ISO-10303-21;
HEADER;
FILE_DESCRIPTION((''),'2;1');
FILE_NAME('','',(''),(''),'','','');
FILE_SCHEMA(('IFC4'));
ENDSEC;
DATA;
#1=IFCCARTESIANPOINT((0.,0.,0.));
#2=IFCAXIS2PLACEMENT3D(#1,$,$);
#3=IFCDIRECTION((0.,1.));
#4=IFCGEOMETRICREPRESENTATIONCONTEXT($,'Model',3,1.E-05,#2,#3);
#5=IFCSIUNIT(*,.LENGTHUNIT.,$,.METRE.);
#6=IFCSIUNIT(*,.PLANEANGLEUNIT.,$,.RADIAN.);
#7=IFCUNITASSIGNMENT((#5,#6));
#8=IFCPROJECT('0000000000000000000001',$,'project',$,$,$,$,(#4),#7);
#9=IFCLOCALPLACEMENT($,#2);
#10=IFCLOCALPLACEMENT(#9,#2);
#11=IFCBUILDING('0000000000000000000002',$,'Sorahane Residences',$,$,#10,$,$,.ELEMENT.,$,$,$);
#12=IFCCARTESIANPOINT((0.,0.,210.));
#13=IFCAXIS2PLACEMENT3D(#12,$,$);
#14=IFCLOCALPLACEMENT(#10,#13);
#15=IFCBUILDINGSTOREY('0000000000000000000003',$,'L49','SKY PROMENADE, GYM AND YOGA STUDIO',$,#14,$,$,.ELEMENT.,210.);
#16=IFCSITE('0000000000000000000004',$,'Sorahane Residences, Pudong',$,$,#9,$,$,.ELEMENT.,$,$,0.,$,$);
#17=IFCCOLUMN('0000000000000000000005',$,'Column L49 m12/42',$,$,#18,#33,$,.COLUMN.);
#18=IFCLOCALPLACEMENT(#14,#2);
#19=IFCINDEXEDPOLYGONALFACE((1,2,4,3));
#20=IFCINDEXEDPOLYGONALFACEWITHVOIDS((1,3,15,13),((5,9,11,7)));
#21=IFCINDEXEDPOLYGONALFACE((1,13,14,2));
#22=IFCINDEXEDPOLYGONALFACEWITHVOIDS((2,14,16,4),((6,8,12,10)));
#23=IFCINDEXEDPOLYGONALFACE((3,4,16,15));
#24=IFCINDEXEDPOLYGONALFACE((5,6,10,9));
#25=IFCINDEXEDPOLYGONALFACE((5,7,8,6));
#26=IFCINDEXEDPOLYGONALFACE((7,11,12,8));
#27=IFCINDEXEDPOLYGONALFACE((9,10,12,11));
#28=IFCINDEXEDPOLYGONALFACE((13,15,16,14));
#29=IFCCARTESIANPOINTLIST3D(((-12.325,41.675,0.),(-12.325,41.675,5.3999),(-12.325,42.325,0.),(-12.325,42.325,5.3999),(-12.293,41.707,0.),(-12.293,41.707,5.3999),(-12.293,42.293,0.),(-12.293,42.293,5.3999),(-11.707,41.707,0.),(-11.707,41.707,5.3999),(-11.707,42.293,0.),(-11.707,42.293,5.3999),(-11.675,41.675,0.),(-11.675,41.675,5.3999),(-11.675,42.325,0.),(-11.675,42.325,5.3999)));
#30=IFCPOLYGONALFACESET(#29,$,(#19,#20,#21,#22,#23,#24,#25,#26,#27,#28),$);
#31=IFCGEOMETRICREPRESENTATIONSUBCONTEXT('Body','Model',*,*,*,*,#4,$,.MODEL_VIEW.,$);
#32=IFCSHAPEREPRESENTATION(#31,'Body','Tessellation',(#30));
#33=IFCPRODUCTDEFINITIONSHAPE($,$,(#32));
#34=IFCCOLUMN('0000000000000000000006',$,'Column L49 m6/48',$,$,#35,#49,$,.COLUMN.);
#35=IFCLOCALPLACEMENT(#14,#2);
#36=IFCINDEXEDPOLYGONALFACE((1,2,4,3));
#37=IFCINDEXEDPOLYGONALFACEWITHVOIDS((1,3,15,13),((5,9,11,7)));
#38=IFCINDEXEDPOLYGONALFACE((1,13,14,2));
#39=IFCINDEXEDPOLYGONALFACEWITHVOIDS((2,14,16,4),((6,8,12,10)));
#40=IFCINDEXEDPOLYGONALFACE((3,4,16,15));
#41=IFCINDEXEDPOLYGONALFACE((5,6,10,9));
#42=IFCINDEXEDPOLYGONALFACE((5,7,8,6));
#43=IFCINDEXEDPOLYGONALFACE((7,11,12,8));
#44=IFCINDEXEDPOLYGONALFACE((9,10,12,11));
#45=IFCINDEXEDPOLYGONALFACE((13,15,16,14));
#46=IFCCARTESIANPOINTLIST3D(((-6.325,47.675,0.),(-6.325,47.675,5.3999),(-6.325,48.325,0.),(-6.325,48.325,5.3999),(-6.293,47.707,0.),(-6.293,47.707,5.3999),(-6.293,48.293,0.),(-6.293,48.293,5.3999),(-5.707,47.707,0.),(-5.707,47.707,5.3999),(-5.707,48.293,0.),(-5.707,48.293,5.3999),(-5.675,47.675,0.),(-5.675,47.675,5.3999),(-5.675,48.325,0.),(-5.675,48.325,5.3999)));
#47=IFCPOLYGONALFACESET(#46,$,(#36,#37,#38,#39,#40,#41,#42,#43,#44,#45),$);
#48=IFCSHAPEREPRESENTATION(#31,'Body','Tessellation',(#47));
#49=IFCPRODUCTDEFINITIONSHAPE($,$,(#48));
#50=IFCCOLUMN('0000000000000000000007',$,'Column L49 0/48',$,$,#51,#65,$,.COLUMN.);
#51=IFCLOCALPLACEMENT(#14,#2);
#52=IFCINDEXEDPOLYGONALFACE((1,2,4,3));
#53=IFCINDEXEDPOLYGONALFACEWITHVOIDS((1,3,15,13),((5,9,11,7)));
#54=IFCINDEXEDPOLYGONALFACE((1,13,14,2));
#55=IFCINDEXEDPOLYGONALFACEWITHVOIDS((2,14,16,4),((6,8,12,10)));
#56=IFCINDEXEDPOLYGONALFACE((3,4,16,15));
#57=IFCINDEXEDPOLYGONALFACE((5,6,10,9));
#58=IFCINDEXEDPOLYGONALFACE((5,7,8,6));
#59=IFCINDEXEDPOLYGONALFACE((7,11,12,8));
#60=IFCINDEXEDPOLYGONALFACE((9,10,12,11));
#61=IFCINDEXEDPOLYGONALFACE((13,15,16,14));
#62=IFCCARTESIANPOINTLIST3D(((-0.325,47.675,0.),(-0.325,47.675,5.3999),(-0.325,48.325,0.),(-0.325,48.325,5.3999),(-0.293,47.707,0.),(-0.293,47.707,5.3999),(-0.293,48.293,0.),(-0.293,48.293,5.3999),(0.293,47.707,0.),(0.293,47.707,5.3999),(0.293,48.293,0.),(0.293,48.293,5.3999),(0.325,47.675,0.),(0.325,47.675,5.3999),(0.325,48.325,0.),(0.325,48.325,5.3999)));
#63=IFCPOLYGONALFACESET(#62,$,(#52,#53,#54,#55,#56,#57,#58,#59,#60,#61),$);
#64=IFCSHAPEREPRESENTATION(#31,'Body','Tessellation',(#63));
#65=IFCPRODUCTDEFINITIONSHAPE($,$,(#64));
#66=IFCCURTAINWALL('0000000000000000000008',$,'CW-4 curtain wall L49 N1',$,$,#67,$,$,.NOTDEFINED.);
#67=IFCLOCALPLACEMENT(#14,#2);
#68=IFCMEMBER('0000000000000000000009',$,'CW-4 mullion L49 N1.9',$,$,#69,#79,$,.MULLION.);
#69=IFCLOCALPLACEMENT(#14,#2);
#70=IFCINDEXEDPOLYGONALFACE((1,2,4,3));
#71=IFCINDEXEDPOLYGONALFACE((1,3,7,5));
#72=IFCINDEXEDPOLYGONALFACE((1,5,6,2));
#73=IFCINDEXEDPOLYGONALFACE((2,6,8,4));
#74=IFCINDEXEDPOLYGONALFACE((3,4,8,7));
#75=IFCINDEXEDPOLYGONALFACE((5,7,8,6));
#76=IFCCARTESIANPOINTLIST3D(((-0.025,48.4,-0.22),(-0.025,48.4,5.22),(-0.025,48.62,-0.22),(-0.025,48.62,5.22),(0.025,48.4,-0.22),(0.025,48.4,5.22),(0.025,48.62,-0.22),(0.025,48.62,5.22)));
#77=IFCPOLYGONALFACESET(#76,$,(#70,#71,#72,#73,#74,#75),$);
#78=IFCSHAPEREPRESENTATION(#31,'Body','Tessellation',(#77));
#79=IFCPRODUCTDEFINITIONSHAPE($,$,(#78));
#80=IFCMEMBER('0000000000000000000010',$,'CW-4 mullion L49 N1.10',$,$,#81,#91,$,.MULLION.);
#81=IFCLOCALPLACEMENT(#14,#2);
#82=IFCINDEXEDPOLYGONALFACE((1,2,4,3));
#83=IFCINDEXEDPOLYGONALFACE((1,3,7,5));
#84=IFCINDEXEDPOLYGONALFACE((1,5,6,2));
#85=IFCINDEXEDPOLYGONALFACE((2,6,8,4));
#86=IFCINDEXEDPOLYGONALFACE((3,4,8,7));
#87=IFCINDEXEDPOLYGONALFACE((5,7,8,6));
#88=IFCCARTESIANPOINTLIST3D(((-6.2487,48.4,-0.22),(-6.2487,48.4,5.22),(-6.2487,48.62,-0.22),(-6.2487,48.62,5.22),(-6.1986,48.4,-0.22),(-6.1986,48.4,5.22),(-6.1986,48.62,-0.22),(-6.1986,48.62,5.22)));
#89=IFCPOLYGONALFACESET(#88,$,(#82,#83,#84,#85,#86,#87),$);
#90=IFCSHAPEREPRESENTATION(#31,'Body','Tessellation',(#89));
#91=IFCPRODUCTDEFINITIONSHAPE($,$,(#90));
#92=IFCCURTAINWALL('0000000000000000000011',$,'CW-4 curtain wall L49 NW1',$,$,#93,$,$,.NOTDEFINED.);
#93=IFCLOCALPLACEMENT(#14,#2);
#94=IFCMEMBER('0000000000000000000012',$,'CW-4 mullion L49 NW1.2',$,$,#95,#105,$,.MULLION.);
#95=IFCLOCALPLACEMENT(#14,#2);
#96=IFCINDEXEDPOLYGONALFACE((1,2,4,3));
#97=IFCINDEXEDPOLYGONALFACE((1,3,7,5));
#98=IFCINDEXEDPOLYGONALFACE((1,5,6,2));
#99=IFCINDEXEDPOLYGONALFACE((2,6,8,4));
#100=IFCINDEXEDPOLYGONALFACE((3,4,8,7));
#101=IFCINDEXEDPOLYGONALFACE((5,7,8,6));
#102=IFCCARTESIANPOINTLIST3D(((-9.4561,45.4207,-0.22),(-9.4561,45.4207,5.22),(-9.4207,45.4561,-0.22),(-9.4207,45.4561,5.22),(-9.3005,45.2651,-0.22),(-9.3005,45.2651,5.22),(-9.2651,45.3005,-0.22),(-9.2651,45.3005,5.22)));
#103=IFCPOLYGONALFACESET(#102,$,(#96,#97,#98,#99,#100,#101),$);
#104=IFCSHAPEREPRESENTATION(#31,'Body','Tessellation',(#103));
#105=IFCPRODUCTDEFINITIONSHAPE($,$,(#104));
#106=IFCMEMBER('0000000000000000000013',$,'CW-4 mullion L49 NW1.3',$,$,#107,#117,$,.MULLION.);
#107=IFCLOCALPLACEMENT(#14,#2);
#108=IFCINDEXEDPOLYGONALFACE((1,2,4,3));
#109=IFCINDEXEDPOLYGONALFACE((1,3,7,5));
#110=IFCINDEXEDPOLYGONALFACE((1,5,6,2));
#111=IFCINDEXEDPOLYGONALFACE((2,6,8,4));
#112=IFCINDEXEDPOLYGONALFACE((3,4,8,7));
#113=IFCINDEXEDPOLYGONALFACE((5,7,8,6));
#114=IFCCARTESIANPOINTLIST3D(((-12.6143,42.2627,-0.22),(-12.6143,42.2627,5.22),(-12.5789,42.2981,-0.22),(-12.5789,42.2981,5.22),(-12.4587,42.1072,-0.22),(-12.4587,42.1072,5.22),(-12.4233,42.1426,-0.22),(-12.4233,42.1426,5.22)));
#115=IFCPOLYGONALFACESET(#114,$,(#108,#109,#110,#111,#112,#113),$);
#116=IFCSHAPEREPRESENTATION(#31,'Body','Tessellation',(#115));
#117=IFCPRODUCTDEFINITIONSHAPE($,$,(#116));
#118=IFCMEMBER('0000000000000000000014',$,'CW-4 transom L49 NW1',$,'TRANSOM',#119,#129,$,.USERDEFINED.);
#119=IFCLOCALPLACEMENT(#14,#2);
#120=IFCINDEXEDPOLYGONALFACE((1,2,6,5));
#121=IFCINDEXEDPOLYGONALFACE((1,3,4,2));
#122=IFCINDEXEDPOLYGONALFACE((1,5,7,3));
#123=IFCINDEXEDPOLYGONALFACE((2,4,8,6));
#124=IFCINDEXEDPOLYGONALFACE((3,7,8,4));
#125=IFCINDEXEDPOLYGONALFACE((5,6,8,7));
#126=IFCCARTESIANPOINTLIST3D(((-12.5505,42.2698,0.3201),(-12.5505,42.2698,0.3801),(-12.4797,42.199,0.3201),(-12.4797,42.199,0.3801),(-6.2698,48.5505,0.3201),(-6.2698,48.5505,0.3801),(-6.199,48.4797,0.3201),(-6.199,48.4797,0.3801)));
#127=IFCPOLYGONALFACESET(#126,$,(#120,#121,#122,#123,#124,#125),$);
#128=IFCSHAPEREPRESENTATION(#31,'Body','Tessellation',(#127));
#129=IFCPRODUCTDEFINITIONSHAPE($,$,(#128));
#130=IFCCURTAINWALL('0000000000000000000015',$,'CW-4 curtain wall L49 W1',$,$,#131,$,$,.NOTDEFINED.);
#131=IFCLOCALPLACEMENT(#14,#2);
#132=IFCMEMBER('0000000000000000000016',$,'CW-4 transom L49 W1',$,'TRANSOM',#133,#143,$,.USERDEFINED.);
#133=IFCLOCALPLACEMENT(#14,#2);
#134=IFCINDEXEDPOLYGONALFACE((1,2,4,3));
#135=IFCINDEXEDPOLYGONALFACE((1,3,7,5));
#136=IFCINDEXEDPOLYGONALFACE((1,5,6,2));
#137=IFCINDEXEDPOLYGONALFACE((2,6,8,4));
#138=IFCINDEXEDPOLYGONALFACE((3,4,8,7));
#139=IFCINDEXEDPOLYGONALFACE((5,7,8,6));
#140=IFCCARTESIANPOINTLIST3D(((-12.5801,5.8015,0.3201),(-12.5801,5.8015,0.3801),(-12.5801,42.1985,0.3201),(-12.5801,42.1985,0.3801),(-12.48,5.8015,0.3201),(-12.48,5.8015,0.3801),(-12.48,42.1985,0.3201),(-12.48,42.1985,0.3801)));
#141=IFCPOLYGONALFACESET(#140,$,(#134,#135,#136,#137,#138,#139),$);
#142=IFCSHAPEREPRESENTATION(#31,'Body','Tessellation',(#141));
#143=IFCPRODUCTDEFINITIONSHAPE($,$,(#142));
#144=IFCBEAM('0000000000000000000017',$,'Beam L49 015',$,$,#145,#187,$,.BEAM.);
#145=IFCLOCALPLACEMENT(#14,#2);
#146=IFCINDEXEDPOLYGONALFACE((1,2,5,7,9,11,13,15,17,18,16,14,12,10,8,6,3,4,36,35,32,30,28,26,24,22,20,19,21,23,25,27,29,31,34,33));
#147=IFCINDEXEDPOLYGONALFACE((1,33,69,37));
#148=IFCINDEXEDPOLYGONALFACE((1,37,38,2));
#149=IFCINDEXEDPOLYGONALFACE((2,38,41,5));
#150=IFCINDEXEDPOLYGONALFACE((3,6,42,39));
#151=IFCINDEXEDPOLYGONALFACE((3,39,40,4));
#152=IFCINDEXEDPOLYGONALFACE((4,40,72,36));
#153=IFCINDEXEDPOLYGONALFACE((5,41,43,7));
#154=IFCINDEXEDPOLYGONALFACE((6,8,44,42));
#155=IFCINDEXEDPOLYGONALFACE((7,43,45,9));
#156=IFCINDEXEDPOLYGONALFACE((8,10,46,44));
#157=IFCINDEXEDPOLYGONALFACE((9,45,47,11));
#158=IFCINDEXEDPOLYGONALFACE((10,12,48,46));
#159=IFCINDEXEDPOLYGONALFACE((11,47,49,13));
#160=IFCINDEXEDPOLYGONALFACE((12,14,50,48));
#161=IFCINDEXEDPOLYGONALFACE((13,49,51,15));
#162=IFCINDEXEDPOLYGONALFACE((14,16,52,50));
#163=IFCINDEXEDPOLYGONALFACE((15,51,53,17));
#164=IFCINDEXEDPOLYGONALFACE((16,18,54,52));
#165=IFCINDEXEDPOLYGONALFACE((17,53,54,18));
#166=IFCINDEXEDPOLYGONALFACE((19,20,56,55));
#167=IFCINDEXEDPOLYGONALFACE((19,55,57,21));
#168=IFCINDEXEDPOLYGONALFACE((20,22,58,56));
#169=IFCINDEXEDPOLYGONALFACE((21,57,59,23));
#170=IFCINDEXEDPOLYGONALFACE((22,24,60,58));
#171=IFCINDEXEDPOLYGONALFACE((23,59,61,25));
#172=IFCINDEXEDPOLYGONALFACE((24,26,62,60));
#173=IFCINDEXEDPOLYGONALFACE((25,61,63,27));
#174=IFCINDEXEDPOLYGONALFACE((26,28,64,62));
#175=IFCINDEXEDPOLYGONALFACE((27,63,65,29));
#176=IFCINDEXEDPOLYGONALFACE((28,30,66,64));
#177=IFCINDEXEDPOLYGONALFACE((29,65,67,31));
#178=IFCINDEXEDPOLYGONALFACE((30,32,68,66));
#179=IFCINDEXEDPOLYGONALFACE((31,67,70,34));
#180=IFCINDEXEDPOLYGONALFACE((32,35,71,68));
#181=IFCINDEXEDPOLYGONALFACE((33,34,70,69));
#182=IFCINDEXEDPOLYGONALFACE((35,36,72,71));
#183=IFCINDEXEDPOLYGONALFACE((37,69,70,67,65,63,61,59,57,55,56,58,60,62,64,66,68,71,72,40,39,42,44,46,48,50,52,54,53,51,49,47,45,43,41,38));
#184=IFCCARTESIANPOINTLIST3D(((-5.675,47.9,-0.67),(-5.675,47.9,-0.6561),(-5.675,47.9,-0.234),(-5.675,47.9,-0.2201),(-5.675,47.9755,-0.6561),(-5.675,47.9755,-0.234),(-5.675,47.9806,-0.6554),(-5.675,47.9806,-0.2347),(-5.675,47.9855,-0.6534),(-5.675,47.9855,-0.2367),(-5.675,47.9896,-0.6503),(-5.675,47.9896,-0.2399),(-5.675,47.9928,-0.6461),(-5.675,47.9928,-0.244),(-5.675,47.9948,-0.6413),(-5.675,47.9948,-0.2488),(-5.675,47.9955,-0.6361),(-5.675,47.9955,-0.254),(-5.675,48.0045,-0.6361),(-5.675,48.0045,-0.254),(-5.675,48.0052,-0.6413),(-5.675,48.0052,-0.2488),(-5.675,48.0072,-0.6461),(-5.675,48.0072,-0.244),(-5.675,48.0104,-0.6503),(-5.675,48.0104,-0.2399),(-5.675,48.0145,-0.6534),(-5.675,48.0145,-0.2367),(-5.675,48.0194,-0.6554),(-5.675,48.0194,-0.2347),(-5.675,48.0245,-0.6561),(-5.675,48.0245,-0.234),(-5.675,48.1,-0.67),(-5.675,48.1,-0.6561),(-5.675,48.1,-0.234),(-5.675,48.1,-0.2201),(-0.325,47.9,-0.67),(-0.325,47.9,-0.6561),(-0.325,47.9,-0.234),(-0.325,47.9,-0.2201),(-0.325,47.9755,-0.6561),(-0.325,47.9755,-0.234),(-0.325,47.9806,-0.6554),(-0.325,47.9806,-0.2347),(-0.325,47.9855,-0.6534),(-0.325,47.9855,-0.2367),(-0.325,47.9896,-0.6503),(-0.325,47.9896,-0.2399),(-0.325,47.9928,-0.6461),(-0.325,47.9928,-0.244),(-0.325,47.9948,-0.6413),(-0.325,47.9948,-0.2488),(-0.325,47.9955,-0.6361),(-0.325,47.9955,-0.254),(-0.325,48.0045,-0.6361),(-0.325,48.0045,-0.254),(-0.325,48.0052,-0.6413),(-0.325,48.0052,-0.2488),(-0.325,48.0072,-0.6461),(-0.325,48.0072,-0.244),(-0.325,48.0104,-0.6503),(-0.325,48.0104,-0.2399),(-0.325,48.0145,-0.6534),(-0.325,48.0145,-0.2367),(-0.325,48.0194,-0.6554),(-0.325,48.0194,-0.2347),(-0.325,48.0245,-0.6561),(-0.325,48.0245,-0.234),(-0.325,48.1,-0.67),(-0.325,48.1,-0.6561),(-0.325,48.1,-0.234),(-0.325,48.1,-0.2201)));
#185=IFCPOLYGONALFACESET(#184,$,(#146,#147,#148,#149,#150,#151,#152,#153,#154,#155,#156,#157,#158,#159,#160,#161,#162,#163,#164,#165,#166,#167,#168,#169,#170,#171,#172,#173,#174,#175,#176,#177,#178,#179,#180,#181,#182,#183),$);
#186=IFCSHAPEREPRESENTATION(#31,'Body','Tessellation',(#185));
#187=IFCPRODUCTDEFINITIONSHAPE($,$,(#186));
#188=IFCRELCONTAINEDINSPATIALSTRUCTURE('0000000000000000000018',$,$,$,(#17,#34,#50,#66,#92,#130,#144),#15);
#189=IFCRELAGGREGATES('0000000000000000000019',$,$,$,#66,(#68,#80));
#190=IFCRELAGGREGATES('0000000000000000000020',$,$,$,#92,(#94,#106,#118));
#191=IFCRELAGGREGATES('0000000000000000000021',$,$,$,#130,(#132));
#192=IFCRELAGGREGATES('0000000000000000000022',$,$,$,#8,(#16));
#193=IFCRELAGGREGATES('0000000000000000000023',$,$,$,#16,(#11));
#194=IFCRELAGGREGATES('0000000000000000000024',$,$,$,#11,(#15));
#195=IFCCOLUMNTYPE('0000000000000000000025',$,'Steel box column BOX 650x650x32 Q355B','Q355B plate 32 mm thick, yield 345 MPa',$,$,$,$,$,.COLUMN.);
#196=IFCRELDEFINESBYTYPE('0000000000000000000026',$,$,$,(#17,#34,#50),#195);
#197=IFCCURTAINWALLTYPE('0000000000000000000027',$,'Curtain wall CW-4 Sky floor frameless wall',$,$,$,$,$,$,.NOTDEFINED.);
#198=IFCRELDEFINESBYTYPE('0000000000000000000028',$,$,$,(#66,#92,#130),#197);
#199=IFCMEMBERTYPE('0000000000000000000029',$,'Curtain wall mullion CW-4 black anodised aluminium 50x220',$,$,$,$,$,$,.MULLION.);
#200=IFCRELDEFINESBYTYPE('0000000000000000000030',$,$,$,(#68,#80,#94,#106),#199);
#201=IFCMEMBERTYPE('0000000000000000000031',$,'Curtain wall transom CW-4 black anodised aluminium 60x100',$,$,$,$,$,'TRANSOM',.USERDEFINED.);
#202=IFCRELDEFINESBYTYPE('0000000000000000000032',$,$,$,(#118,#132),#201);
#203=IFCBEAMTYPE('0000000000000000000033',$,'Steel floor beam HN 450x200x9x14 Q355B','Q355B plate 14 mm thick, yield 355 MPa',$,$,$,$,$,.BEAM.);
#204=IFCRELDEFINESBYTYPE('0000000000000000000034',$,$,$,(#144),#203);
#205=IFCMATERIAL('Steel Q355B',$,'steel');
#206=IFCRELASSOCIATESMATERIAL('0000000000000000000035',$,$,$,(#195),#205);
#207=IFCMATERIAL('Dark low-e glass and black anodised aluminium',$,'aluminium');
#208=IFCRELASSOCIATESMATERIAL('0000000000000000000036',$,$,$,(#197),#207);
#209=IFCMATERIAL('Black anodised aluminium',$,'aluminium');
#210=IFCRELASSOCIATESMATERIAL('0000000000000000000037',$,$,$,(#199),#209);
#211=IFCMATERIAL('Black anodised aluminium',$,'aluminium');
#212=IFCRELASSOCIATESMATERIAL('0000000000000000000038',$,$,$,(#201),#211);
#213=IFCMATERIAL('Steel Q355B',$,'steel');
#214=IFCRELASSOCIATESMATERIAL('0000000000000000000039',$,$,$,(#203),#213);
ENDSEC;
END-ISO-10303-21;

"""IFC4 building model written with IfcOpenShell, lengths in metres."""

from ifc_helpers import new_model, si_unit, direction, frame, origin, origin_2d, place, context, subcontext, project, spatial, rectangle, hollow_rectangle, i_section, extrude, material, material_profile, profile_set, type_object, element, aggregate, save


model = new_model("IFC4")

# Units and contexts
model_context = context("Model", 3, precision=1e-05, world=origin(), true_north=direction((0.0, 1.0)))
body_context = subcontext(model_context, "Body", "Model", "MODEL_VIEW")
ifc_project = project(units=[si_unit("LENGTHUNIT", "METRE"), si_unit("PLANEANGLEUNIT", "RADIAN")], contexts=[model_context])

# Site, building, storey
site_placement = place(None, origin())
site = spatial("IfcSite", under=ifc_project, at=site_placement, Name="Sorahane Residences, Pudong", CompositionType="ELEMENT", RefElevation=0.0)
building_placement = place(site_placement, origin())
building = spatial("IfcBuilding", under=site, at=building_placement, Name="Sorahane Residences", CompositionType="ELEMENT")
storey_placement = place(building_placement, frame((0.0, 0.0, 210.0)))
storey = spatial("IfcBuildingStorey", under=building, at=storey_placement, Name="L49", Description="SKY PROMENADE, GYM AND YOGA STUDIO", CompositionType="ELEMENT", Elevation=210.0)

# Columns
ifc_material_1 = material(Name="Steel Q355B", Category="steel")
ifc_material_profile_1 = material_profile(ifc_material_1, hollow_rectangle(XDim=0.6499, YDim=0.6499, WallThickness=0.032, at=origin_2d()), Name="BOX 650x650x32")
ifc_profile_set_1 = profile_set([ifc_material_profile_1], Name="Steel Q355B")
column_type = type_object("IfcColumnType", Name="Steel box column BOX 650x650x32 Q355B", Description="Q355B plate 32 mm thick, yield 345 MPa", PredefinedType="COLUMN", material=ifc_profile_set_1)
for number, where, z_axis, x_axis, name in (
    (1, (-12.0, 42.0, 0.0), (0.0, 0.0, 1.0), (1.0, 0.0, 0.0), "Column L49 m12/42"),
    (2, (-6.0, 48.0, 0.0), (0.0, 0.0, 1.0), (1.0, 0.0, 0.0), "Column L49 m6/48"),
    (3, (0.0, 48.0, 0.0), (0.0, 0.0, 1.0), (1.0, 0.0, 0.0), "Column L49 0/48"),
):
    element("IfcColumn", number, at=place(storey_placement, frame(where, z_axis=z_axis, x_axis=x_axis)), inside=storey, type_object=column_type, Name=name, PredefinedType="COLUMN", context=body_context, shape_type="SweptSolid", body=[
        extrude(hollow_rectangle(XDim=0.6499, YDim=0.6499, WallThickness=0.032, at=origin_2d()), origin(), (0.0, 0.0, 1.0), 5.3999),
    ])

# Curtain walls, members
ifc_material_2 = material(Name="Dark low-e glass and black anodised aluminium", Category="aluminium")
curtain_wall_type = type_object("IfcCurtainWallType", Name="Curtain wall CW-4 Sky floor frameless wall", PredefinedType="NOTDEFINED", material=ifc_material_2)
curtain_wall_1_placement = place(storey_placement, origin())
curtain_wall_1 = element("IfcCurtainWall", 4, at=curtain_wall_1_placement, inside=storey, type_object=curtain_wall_type, Name="CW-4 curtain wall L49 N1", PredefinedType="NOTDEFINED")
ifc_material_3 = material(Name="Black anodised aluminium", Category="aluminium")
ifc_material_profile_2 = material_profile(ifc_material_3, rectangle(XDim=0.22, YDim=0.05, at=origin_2d()), Name="Curtain wall mullion CW-4 black anodised aluminium 50x220")
ifc_profile_set_2 = profile_set([ifc_material_profile_2], Name="Black anodised aluminium")
member_type_1 = type_object("IfcMemberType", Name="Curtain wall mullion CW-4 black anodised aluminium 50x220", PredefinedType="MULLION", material=ifc_profile_set_2)
member_1_placement = place(storey_placement, frame((0.0, 48.51, -0.22), z_axis=(0.0, 0.0, 1.0), x_axis=(0.0, 1.0, 0.0)))
member_1 = element("IfcMember", 5, at=member_1_placement, type_object=member_type_1, Name="CW-4 mullion L49 N1.9", PredefinedType="MULLION", context=body_context, shape_type="SweptSolid", body=[
    extrude(rectangle(XDim=0.22, YDim=0.05, at=origin_2d()), origin(), (0.0, 0.0, 1.0), 5.4399),
])
member_2_placement = place(storey_placement, frame((-6.2236, 48.51, -0.22), z_axis=(0.0, 0.0, 1.0), x_axis=(0.0, 1.0, 0.0)))
member_2 = element("IfcMember", 6, at=member_2_placement, type_object=member_type_1, Name="CW-4 mullion L49 N1.10", PredefinedType="MULLION", context=body_context, shape_type="SweptSolid", body=[
    extrude(rectangle(XDim=0.22, YDim=0.05, at=origin_2d()), origin(), (0.0, 0.0, 1.0), 5.4399),
])
curtain_wall_2_placement = place(storey_placement, origin())
curtain_wall_2 = element("IfcCurtainWall", 7, at=curtain_wall_2_placement, inside=storey, type_object=curtain_wall_type, Name="CW-4 curtain wall L49 NW1", PredefinedType="NOTDEFINED")
member_3_placement = place(storey_placement, frame((-9.3606, 45.3606, -0.22), z_axis=(0.0, 0.0, 1.0), x_axis=(-0.707107, 0.707107, 0.0)))
member_3 = element("IfcMember", 8, at=member_3_placement, type_object=member_type_1, Name="CW-4 mullion L49 NW1.2", PredefinedType="MULLION", context=body_context, shape_type="SweptSolid", body=[
    extrude(rectangle(XDim=0.22, YDim=0.05, at=origin_2d()), origin(), (0.0, 0.0, 1.0), 5.4399),
])
member_4_placement = place(storey_placement, frame((-12.5188, 42.2026, -0.22), z_axis=(0.0, 0.0, 1.0), x_axis=(-0.707107, 0.707107, 0.0)))
member_4 = element("IfcMember", 9, at=member_4_placement, type_object=member_type_1, Name="CW-4 mullion L49 NW1.3", PredefinedType="MULLION", context=body_context, shape_type="SweptSolid", body=[
    extrude(rectangle(XDim=0.22, YDim=0.05, at=origin_2d()), origin(), (0.0, 0.0, 1.0), 5.4399),
])
ifc_material_4 = material(Name="Black anodised aluminium", Category="aluminium")
ifc_material_profile_3 = material_profile(ifc_material_4, rectangle(XDim=0.1001, YDim=0.0601, at=origin_2d()), Name="Curtain wall transom CW-4 black anodised aluminium 60x100")
ifc_profile_set_3 = profile_set([ifc_material_profile_3], Name="Black anodised aluminium")
member_type_2 = type_object("IfcMemberType", Name="Curtain wall transom CW-4 black anodised aluminium 60x100", ElementType="TRANSOM", PredefinedType="USERDEFINED", material=ifc_profile_set_3)
member_5_placement = place(storey_placement, frame((-6.2344, 48.5151, 0.3501), z_axis=(-0.707107, -0.707107, 0.0), x_axis=(0.707107, -0.707107, 0.0)))
member_5 = element("IfcMember", 10, at=member_5_placement, type_object=member_type_2, Name="CW-4 transom L49 NW1", ObjectType="TRANSOM", PredefinedType="USERDEFINED", context=body_context, shape_type="SweptSolid", body=[
    extrude(rectangle(XDim=0.1001, YDim=0.0601, at=origin_2d()), origin(), (0.0, 0.0, 1.0), 8.8823),
])

# Curtain wall, member
curtain_wall_3_placement = place(storey_placement, origin())
curtain_wall_3 = element("IfcCurtainWall", 11, at=curtain_wall_3_placement, inside=storey, type_object=curtain_wall_type, Name="CW-4 curtain wall L49 W1", PredefinedType="NOTDEFINED")
member_6_placement = place(storey_placement, frame((-12.53, 42.1985, 0.3501), z_axis=(0.0, -1.0, 0.0), x_axis=(1.0, 0.0, 0.0)))
member_6 = element("IfcMember", 12, at=member_6_placement, type_object=member_type_2, Name="CW-4 transom L49 W1", ObjectType="TRANSOM", PredefinedType="USERDEFINED", context=body_context, shape_type="SweptSolid", body=[
    extrude(rectangle(XDim=0.1001, YDim=0.0601, at=origin_2d()), origin(), (0.0, 0.0, 1.0), 36.397),
])

# Beam
ifc_material_5 = material(Name="Steel Q355B", Category="steel")
ifc_material_profile_4 = material_profile(ifc_material_5, i_section(OverallWidth=0.2, OverallDepth=0.45, WebThickness=0.009, FlangeThickness=0.0139, FilletRadius=0.02, at=origin_2d()), Name="HN 450x200x9x14")
ifc_profile_set_4 = profile_set([ifc_material_profile_4], Name="Steel Q355B")
beam_type_1 = type_object("IfcBeamType", Name="Steel floor beam HN 450x200x9x14 Q355B", Description="Q355B plate 14 mm thick, yield 355 MPa", PredefinedType="BEAM", material=ifc_profile_set_4)
for number, where, z_axis, x_axis, name in (
    (13, (-5.675, 48.0, -0.4451), (1.0, 0.0, 0.0), (0.0, 1.0, 0.0), "Beam L49 015"),
):
    element("IfcBeam", number, at=place(storey_placement, frame(where, z_axis=z_axis, x_axis=x_axis)), inside=storey, type_object=beam_type_1, Name=name, PredefinedType="BEAM", context=body_context, shape_type="SweptSolid", body=[
        extrude(i_section(OverallWidth=0.2, OverallDepth=0.45, WebThickness=0.009, FlangeThickness=0.0139, FilletRadius=0.02, at=origin_2d()), origin(), (0.0, 0.0, 1.0), 5.3501),
    ])

aggregate(curtain_wall_1, [member_1, member_2])
aggregate(curtain_wall_2, [member_3, member_4, member_5])
aggregate(curtain_wall_3, [member_6])

save(model, "model.ifc")
